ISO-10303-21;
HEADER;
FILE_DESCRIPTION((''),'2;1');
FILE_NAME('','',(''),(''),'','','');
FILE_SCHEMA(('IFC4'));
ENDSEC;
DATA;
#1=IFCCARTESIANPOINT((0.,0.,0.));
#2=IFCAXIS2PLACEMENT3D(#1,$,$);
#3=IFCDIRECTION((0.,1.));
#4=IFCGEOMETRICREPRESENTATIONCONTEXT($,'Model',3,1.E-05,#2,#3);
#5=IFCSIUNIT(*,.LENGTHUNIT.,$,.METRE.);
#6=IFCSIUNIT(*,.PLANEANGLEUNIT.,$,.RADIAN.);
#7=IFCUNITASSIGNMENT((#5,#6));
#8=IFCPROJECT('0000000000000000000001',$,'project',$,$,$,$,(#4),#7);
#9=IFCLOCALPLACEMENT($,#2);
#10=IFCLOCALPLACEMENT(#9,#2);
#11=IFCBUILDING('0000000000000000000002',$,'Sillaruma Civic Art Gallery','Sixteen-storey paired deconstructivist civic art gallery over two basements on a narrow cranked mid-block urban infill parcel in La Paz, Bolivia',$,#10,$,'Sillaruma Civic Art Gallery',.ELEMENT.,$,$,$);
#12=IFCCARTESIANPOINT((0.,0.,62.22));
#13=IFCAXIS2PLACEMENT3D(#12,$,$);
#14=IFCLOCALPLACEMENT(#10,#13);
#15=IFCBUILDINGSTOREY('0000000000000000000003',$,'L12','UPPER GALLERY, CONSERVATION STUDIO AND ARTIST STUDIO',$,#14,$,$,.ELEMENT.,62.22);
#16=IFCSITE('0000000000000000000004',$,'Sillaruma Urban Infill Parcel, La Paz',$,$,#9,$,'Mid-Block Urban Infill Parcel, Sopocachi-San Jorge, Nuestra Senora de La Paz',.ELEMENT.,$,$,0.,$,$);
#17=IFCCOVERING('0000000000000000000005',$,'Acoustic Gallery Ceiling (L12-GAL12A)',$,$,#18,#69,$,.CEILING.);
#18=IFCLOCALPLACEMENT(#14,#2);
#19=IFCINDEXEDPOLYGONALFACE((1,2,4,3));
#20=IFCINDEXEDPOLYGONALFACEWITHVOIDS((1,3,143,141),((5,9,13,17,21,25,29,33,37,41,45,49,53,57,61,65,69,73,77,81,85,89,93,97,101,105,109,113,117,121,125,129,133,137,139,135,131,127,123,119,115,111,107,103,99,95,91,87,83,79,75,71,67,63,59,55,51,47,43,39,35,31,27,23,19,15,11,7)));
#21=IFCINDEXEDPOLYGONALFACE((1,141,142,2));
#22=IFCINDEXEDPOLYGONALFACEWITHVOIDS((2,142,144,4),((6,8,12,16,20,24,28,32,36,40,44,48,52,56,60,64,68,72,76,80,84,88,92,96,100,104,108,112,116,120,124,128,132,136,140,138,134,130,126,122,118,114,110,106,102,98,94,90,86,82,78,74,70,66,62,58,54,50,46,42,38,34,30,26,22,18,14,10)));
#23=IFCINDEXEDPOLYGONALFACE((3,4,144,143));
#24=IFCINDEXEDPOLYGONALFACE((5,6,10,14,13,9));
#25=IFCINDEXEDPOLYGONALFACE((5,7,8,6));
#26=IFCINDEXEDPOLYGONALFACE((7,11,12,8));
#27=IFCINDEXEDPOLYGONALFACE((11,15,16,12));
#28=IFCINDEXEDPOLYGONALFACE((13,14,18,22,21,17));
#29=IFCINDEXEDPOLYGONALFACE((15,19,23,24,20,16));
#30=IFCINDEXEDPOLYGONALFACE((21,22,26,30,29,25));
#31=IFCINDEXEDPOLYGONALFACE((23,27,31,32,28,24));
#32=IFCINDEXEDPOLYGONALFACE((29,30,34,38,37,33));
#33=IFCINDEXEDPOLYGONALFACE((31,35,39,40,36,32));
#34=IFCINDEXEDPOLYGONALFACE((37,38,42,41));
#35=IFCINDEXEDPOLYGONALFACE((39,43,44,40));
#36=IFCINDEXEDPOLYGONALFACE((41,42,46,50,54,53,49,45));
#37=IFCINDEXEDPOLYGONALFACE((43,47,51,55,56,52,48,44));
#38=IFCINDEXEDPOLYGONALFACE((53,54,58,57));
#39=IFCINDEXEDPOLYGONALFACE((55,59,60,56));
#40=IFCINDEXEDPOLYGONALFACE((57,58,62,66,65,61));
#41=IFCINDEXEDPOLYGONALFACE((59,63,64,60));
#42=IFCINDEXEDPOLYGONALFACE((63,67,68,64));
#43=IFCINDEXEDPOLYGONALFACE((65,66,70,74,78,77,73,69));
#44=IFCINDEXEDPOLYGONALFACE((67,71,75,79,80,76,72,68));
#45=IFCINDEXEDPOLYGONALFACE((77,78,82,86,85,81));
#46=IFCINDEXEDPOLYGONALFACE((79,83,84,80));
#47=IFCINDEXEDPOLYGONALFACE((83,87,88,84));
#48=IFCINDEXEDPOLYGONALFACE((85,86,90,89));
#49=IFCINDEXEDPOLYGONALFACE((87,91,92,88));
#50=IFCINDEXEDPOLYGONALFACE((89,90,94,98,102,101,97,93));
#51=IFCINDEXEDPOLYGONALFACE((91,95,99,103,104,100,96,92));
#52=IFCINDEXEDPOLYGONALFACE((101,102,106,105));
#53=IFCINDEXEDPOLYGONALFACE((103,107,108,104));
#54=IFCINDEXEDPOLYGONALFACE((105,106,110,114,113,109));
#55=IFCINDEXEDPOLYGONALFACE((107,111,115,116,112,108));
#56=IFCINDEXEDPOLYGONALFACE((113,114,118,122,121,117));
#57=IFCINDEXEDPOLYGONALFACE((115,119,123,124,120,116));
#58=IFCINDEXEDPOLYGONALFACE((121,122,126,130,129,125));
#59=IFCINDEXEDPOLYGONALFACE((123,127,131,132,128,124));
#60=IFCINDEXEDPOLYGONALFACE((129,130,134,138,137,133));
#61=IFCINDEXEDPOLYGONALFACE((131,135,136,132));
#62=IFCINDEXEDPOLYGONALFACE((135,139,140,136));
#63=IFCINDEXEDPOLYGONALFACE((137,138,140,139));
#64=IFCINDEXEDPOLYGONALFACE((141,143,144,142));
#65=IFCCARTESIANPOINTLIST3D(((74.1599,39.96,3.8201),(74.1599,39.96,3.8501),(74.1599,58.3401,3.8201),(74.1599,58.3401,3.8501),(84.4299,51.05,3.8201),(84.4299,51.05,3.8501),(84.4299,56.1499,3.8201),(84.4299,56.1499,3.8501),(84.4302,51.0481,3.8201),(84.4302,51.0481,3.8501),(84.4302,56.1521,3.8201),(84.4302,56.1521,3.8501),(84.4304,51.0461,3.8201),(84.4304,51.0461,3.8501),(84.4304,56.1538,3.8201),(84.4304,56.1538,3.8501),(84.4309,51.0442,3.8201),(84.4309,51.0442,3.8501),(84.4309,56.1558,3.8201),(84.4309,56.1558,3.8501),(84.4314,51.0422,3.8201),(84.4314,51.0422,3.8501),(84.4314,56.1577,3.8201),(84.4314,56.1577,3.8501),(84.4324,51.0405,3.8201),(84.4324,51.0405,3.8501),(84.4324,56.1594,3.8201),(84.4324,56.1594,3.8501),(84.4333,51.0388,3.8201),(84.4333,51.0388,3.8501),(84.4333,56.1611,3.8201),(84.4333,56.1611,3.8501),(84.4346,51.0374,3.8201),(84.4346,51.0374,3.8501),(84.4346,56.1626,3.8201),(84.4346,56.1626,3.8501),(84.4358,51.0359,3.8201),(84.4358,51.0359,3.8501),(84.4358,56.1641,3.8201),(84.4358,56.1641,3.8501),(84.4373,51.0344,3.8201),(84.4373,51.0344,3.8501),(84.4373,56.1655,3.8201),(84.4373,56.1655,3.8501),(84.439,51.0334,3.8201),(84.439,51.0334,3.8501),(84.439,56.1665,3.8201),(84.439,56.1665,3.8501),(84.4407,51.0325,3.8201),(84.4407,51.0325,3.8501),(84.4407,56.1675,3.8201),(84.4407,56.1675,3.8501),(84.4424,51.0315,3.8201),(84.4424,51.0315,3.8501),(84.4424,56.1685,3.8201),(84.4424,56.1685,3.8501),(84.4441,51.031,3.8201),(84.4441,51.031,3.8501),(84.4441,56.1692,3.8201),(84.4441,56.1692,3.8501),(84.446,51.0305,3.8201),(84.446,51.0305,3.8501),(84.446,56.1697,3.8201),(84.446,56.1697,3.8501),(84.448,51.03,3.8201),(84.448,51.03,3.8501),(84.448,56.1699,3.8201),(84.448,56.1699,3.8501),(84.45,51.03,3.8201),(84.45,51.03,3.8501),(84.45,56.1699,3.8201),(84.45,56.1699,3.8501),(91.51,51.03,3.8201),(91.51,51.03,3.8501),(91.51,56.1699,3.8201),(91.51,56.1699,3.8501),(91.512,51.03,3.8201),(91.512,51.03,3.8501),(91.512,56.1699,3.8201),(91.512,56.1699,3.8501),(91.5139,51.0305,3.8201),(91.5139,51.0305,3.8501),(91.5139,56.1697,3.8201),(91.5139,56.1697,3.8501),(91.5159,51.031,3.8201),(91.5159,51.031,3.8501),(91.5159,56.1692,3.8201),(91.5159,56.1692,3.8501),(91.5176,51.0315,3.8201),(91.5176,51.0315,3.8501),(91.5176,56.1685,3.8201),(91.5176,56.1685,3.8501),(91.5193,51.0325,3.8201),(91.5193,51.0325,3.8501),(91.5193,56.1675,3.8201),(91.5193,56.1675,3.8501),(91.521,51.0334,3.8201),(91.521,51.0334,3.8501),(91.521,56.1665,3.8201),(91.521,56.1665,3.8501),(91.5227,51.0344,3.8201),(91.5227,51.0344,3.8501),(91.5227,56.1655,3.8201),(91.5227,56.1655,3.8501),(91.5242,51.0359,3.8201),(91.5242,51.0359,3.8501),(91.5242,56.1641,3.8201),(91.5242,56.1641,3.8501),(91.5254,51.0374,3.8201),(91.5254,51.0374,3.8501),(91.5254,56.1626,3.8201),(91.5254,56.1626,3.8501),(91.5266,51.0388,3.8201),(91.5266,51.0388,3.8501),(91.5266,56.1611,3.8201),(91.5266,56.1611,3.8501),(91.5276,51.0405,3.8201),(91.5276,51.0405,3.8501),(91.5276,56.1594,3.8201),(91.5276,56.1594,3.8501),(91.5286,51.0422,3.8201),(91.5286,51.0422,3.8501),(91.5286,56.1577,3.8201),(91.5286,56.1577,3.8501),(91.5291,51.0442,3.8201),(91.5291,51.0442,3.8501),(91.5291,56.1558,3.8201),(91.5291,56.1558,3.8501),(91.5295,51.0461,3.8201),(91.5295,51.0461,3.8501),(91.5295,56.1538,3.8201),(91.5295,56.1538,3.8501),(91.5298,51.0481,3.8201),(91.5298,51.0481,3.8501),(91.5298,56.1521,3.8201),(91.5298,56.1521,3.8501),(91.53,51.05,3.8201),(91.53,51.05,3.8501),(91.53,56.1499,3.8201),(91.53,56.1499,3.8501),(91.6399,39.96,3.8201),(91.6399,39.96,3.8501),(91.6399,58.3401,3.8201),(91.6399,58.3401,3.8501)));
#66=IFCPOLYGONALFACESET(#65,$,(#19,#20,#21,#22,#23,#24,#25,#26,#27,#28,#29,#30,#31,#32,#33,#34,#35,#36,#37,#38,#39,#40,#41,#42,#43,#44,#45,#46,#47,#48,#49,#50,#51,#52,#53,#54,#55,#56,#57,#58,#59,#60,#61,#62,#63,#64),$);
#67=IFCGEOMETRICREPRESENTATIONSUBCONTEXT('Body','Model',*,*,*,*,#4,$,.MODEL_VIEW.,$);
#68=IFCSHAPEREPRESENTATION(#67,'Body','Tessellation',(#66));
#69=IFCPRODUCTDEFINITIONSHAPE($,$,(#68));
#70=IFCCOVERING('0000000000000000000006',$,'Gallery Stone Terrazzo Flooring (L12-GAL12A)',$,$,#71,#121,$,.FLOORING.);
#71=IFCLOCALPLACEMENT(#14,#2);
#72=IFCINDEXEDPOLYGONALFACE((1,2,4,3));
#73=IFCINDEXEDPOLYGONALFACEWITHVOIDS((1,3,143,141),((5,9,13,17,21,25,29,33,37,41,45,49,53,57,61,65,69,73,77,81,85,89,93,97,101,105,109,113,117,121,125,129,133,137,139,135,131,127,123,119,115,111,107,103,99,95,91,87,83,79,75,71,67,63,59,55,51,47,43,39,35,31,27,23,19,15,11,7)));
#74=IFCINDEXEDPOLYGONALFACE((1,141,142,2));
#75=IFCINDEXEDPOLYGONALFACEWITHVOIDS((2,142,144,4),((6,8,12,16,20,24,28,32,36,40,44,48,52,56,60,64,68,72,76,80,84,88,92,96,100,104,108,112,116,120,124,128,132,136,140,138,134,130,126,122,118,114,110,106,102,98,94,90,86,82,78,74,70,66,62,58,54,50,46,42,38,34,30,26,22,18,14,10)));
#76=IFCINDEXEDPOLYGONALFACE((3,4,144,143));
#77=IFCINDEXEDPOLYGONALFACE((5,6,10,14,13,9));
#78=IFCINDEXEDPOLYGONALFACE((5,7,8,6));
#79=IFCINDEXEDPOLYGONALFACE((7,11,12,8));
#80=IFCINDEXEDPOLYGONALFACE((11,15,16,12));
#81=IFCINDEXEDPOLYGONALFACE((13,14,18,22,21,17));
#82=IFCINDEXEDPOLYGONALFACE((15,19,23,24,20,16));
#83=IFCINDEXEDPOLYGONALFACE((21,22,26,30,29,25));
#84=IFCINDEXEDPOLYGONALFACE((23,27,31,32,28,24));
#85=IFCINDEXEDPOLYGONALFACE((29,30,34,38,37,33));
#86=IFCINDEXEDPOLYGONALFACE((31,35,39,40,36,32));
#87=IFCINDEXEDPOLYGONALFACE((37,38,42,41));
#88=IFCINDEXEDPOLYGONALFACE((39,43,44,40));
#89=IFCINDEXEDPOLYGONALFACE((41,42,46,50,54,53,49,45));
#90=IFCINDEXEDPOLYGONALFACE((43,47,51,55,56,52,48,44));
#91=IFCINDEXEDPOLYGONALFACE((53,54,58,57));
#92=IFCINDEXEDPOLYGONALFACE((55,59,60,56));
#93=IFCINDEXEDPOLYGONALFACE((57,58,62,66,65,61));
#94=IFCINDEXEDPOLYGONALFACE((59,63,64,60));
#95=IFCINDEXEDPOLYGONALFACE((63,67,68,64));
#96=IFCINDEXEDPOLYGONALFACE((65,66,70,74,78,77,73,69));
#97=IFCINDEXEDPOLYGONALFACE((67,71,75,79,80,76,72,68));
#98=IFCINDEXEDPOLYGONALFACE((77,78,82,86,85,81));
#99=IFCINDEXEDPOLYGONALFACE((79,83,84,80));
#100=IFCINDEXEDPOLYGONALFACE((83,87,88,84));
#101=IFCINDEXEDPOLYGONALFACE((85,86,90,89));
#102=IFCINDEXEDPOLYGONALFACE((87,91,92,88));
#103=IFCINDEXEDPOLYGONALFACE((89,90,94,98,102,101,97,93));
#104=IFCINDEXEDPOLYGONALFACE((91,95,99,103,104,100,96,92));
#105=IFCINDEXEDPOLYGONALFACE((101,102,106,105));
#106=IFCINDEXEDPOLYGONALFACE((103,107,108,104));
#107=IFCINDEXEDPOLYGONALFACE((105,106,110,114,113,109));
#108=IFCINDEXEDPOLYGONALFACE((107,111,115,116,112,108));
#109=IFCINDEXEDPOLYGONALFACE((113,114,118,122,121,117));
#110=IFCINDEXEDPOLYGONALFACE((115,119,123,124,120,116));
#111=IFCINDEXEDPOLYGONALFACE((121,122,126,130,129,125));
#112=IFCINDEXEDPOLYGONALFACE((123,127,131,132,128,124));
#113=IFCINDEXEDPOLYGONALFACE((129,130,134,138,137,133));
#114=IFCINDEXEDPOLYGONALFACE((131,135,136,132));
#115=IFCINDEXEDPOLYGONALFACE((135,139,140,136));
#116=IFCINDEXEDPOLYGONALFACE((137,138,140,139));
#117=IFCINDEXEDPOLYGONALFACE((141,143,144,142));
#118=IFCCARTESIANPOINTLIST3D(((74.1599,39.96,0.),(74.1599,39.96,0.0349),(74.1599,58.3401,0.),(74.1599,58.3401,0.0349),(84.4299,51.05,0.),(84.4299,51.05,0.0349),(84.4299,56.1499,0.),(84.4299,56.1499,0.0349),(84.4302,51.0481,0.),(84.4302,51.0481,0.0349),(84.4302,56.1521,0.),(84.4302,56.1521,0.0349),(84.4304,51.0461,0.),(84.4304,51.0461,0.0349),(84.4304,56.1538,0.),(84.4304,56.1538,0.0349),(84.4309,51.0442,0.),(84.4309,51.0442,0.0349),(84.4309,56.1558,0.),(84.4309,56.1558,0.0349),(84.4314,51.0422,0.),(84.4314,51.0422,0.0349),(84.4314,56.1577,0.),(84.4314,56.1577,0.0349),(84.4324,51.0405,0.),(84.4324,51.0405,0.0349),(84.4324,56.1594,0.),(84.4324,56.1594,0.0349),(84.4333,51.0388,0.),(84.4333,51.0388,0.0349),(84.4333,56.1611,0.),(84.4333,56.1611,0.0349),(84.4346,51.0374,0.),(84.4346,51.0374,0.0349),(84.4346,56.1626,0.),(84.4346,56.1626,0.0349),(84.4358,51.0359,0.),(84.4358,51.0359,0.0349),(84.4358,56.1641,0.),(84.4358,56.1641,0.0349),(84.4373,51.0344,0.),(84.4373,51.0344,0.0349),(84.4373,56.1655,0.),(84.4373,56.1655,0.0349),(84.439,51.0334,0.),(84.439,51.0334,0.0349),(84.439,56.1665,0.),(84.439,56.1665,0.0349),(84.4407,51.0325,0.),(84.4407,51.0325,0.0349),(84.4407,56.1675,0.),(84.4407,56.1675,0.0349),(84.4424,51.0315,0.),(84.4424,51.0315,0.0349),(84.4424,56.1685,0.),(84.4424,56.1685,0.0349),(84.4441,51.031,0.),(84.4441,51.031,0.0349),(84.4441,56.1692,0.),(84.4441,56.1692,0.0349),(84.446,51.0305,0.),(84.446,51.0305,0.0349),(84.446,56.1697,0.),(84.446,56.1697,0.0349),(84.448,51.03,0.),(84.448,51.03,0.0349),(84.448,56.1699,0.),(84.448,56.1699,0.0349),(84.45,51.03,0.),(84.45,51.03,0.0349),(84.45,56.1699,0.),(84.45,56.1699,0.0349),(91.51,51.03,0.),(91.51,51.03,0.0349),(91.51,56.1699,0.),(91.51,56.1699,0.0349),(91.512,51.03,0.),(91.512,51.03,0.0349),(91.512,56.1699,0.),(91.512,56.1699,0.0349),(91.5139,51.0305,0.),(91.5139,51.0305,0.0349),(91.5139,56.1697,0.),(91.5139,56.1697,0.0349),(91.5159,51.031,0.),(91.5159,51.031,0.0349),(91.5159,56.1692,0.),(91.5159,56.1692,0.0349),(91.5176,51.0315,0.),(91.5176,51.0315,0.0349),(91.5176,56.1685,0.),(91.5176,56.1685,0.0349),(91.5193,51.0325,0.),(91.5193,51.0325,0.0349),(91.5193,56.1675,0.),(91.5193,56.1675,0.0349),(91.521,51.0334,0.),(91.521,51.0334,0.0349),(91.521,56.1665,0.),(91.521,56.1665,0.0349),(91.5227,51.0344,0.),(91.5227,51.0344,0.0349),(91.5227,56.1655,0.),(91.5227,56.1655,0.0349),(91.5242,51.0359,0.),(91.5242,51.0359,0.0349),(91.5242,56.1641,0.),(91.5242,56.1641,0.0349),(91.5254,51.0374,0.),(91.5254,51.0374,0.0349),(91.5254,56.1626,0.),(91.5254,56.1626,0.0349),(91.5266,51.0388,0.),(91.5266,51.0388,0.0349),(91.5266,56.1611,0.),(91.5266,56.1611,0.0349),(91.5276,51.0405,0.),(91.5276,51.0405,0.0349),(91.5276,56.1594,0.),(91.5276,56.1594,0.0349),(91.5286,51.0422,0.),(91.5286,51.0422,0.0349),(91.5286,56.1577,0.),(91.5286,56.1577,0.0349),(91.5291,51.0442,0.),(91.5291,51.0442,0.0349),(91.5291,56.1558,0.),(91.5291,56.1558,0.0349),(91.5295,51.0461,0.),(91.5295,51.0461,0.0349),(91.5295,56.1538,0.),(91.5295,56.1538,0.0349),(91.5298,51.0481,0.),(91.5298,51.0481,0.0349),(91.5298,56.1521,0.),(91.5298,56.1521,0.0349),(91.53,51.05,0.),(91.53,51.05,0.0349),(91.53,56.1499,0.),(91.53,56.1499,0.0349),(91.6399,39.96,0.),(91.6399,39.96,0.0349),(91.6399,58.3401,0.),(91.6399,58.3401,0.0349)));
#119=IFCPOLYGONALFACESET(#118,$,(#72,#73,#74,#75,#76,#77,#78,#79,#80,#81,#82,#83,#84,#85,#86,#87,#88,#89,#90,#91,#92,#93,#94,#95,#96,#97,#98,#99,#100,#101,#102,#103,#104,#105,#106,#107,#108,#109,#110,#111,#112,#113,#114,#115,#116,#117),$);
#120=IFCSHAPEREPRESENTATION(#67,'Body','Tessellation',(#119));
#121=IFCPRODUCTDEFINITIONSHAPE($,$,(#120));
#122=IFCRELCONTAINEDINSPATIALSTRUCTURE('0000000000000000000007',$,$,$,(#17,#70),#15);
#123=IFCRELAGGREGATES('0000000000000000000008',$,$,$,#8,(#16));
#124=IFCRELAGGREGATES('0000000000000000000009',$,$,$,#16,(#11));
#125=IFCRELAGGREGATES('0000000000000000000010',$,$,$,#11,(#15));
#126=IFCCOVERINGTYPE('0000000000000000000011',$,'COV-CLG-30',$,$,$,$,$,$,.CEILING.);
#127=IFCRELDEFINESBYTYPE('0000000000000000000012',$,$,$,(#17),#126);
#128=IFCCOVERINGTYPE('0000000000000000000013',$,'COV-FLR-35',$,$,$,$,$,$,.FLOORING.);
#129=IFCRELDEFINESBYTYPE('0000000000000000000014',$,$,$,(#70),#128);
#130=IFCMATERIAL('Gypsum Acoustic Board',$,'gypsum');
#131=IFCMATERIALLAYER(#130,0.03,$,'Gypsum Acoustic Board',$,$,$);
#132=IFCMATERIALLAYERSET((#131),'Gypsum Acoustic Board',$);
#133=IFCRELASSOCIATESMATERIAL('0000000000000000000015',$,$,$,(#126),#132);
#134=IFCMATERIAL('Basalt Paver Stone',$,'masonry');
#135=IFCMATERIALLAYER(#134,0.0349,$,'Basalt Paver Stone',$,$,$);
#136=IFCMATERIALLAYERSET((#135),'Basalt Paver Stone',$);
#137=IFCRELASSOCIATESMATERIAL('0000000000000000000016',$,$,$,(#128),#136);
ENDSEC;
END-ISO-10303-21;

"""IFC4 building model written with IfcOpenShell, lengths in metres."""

from ifc_helpers import new_model, si_unit, direction, frame, origin, place, context, subcontext, project, spatial, polyline, outline, extrude, material, layer, layer_set, type_object, element, save


model = new_model("IFC4")

# Units and contexts
model_context = context("Model", 3, precision=1e-05, world=origin(), true_north=direction((0.0, 1.0)))
body_context = subcontext(model_context, "Body", "Model", "MODEL_VIEW")
ifc_project = project(units=[si_unit("LENGTHUNIT", "METRE"), si_unit("PLANEANGLEUNIT", "RADIAN")], contexts=[model_context])

# Site, building, storey
site_placement = place(None, origin())
site = spatial("IfcSite", under=ifc_project, at=site_placement, Name="Sillaruma Urban Infill Parcel, La Paz", LongName="Mid-Block Urban Infill Parcel, Sopocachi-San Jorge, Nuestra Senora de La Paz", CompositionType="ELEMENT", RefElevation=0.0)
building_placement = place(site_placement, origin())
building = spatial("IfcBuilding", under=site, at=building_placement, Name="Sillaruma Civic Art Gallery", Description="Sixteen-storey paired deconstructivist civic art gallery over two basements on a narrow cranked mid-block urban infill parcel in La Paz, Bolivia", LongName="Sillaruma Civic Art Gallery", CompositionType="ELEMENT")
storey_placement = place(building_placement, frame((0.0, 0.0, 62.22)))
storey = spatial("IfcBuildingStorey", under=building, at=storey_placement, Name="L12", Description="UPPER GALLERY, CONSERVATION STUDIO AND ARTIST STUDIO", CompositionType="ELEMENT", Elevation=62.22)

# Coverings
ifc_material_1 = material(Name="Gypsum Acoustic Board", Category="gypsum")
ifc_layer_1 = layer(ifc_material_1, 0.03, Name="Gypsum Acoustic Board")
ifc_layer_set_1 = layer_set([ifc_layer_1], Name="Gypsum Acoustic Board")
covering_type_1 = type_object("IfcCoveringType", Name="COV-CLG-30", PredefinedType="CEILING", material=ifc_layer_set_1)
covering_1_placement = place(storey_placement, frame((0.0, 0.0, 3.8201)))
element("IfcCovering", 1, at=covering_1_placement, inside=storey, type_object=covering_type_1, Name="Acoustic Gallery Ceiling (L12-GAL12A)", PredefinedType="CEILING", context=body_context, shape_type="SweptSolid", body=[
    extrude(outline(polyline([(74.1599, 58.3401), (91.6399, 58.3401), (91.6399, 39.96), (74.1599, 39.96), (74.1599, 58.3401)]), holes=[polyline([(91.512, 51.03), (91.5139, 51.0305), (91.5159, 51.031), (91.5176, 51.0315), (91.5193, 51.0325), (91.521, 51.0334), (91.5227, 51.0344), (91.5242, 51.0359), (91.5254, 51.0374), (91.5266, 51.0388), (91.5276, 51.0405), (91.5286, 51.0422), (91.5291, 51.0442), (91.5295, 51.0461), (91.5298, 51.0481), (91.53, 51.05), (91.53, 56.1499), (91.5298, 56.1521), (91.5295, 56.1538), (91.5291, 56.1558), (91.5286, 56.1577), (91.5276, 56.1594), (91.5266, 56.1611), (91.5254, 56.1626), (91.5242, 56.1641), (91.5227, 56.1655), (91.521, 56.1665), (91.5193, 56.1675), (91.5176, 56.1685), (91.5159, 56.1692), (91.5139, 56.1697), (91.512, 56.1699), (91.51, 56.1699), (84.45, 56.1699), (84.448, 56.1699), (84.446, 56.1697), (84.4441, 56.1692), (84.4424, 56.1685), (84.4407, 56.1675), (84.439, 56.1665), (84.4373, 56.1655), (84.4358, 56.1641), (84.4346, 56.1626), (84.4333, 56.1611), (84.4324, 56.1594), (84.4314, 56.1577), (84.4309, 56.1558), (84.4304, 56.1538), (84.4302, 56.1521), (84.4299, 56.1499), (84.4299, 51.05), (84.4302, 51.0481), (84.4304, 51.0461), (84.4309, 51.0442), (84.4314, 51.0422), (84.4324, 51.0405), (84.4333, 51.0388), (84.4346, 51.0374), (84.4358, 51.0359), (84.4373, 51.0344), (84.439, 51.0334), (84.4407, 51.0325), (84.4424, 51.0315), (84.4441, 51.031), (84.446, 51.0305), (84.448, 51.03), (84.45, 51.03), (91.51, 51.03), (91.512, 51.03)])]), origin(), (0.0, 0.0, 1.0), 0.03),
])
ifc_material_2 = material(Name="Basalt Paver Stone", Category="masonry")
ifc_layer_2 = layer(ifc_material_2, 0.0349, Name="Basalt Paver Stone")
ifc_layer_set_2 = layer_set([ifc_layer_2], Name="Basalt Paver Stone")
covering_type_2 = type_object("IfcCoveringType", Name="COV-FLR-35", PredefinedType="FLOORING", material=ifc_layer_set_2)
covering_2_placement = place(storey_placement, origin())
element("IfcCovering", 2, at=covering_2_placement, inside=storey, type_object=covering_type_2, Name="Gallery Stone Terrazzo Flooring (L12-GAL12A)", PredefinedType="FLOORING", context=body_context, shape_type="SweptSolid", body=[
    extrude(outline(polyline([(74.1599, 58.3401), (91.6399, 58.3401), (91.6399, 39.96), (74.1599, 39.96), (74.1599, 58.3401)]), holes=[polyline([(91.512, 51.03), (91.5139, 51.0305), (91.5159, 51.031), (91.5176, 51.0315), (91.5193, 51.0325), (91.521, 51.0334), (91.5227, 51.0344), (91.5242, 51.0359), (91.5254, 51.0374), (91.5266, 51.0388), (91.5276, 51.0405), (91.5286, 51.0422), (91.5291, 51.0442), (91.5295, 51.0461), (91.5298, 51.0481), (91.53, 51.05), (91.53, 56.1499), (91.5298, 56.1521), (91.5295, 56.1538), (91.5291, 56.1558), (91.5286, 56.1577), (91.5276, 56.1594), (91.5266, 56.1611), (91.5254, 56.1626), (91.5242, 56.1641), (91.5227, 56.1655), (91.521, 56.1665), (91.5193, 56.1675), (91.5176, 56.1685), (91.5159, 56.1692), (91.5139, 56.1697), (91.512, 56.1699), (91.51, 56.1699), (84.45, 56.1699), (84.448, 56.1699), (84.446, 56.1697), (84.4441, 56.1692), (84.4424, 56.1685), (84.4407, 56.1675), (84.439, 56.1665), (84.4373, 56.1655), (84.4358, 56.1641), (84.4346, 56.1626), (84.4333, 56.1611), (84.4324, 56.1594), (84.4314, 56.1577), (84.4309, 56.1558), (84.4304, 56.1538), (84.4302, 56.1521), (84.4299, 56.1499), (84.4299, 51.05), (84.4302, 51.0481), (84.4304, 51.0461), (84.4309, 51.0442), (84.4314, 51.0422), (84.4324, 51.0405), (84.4333, 51.0388), (84.4346, 51.0374), (84.4358, 51.0359), (84.4373, 51.0344), (84.439, 51.0334), (84.4407, 51.0325), (84.4424, 51.0315), (84.4441, 51.031), (84.446, 51.0305), (84.448, 51.03), (84.45, 51.03), (91.51, 51.03), (91.512, 51.03)])]), origin(), (0.0, 0.0, 1.0), 0.0349),
])

save(model, "model.ifc")
